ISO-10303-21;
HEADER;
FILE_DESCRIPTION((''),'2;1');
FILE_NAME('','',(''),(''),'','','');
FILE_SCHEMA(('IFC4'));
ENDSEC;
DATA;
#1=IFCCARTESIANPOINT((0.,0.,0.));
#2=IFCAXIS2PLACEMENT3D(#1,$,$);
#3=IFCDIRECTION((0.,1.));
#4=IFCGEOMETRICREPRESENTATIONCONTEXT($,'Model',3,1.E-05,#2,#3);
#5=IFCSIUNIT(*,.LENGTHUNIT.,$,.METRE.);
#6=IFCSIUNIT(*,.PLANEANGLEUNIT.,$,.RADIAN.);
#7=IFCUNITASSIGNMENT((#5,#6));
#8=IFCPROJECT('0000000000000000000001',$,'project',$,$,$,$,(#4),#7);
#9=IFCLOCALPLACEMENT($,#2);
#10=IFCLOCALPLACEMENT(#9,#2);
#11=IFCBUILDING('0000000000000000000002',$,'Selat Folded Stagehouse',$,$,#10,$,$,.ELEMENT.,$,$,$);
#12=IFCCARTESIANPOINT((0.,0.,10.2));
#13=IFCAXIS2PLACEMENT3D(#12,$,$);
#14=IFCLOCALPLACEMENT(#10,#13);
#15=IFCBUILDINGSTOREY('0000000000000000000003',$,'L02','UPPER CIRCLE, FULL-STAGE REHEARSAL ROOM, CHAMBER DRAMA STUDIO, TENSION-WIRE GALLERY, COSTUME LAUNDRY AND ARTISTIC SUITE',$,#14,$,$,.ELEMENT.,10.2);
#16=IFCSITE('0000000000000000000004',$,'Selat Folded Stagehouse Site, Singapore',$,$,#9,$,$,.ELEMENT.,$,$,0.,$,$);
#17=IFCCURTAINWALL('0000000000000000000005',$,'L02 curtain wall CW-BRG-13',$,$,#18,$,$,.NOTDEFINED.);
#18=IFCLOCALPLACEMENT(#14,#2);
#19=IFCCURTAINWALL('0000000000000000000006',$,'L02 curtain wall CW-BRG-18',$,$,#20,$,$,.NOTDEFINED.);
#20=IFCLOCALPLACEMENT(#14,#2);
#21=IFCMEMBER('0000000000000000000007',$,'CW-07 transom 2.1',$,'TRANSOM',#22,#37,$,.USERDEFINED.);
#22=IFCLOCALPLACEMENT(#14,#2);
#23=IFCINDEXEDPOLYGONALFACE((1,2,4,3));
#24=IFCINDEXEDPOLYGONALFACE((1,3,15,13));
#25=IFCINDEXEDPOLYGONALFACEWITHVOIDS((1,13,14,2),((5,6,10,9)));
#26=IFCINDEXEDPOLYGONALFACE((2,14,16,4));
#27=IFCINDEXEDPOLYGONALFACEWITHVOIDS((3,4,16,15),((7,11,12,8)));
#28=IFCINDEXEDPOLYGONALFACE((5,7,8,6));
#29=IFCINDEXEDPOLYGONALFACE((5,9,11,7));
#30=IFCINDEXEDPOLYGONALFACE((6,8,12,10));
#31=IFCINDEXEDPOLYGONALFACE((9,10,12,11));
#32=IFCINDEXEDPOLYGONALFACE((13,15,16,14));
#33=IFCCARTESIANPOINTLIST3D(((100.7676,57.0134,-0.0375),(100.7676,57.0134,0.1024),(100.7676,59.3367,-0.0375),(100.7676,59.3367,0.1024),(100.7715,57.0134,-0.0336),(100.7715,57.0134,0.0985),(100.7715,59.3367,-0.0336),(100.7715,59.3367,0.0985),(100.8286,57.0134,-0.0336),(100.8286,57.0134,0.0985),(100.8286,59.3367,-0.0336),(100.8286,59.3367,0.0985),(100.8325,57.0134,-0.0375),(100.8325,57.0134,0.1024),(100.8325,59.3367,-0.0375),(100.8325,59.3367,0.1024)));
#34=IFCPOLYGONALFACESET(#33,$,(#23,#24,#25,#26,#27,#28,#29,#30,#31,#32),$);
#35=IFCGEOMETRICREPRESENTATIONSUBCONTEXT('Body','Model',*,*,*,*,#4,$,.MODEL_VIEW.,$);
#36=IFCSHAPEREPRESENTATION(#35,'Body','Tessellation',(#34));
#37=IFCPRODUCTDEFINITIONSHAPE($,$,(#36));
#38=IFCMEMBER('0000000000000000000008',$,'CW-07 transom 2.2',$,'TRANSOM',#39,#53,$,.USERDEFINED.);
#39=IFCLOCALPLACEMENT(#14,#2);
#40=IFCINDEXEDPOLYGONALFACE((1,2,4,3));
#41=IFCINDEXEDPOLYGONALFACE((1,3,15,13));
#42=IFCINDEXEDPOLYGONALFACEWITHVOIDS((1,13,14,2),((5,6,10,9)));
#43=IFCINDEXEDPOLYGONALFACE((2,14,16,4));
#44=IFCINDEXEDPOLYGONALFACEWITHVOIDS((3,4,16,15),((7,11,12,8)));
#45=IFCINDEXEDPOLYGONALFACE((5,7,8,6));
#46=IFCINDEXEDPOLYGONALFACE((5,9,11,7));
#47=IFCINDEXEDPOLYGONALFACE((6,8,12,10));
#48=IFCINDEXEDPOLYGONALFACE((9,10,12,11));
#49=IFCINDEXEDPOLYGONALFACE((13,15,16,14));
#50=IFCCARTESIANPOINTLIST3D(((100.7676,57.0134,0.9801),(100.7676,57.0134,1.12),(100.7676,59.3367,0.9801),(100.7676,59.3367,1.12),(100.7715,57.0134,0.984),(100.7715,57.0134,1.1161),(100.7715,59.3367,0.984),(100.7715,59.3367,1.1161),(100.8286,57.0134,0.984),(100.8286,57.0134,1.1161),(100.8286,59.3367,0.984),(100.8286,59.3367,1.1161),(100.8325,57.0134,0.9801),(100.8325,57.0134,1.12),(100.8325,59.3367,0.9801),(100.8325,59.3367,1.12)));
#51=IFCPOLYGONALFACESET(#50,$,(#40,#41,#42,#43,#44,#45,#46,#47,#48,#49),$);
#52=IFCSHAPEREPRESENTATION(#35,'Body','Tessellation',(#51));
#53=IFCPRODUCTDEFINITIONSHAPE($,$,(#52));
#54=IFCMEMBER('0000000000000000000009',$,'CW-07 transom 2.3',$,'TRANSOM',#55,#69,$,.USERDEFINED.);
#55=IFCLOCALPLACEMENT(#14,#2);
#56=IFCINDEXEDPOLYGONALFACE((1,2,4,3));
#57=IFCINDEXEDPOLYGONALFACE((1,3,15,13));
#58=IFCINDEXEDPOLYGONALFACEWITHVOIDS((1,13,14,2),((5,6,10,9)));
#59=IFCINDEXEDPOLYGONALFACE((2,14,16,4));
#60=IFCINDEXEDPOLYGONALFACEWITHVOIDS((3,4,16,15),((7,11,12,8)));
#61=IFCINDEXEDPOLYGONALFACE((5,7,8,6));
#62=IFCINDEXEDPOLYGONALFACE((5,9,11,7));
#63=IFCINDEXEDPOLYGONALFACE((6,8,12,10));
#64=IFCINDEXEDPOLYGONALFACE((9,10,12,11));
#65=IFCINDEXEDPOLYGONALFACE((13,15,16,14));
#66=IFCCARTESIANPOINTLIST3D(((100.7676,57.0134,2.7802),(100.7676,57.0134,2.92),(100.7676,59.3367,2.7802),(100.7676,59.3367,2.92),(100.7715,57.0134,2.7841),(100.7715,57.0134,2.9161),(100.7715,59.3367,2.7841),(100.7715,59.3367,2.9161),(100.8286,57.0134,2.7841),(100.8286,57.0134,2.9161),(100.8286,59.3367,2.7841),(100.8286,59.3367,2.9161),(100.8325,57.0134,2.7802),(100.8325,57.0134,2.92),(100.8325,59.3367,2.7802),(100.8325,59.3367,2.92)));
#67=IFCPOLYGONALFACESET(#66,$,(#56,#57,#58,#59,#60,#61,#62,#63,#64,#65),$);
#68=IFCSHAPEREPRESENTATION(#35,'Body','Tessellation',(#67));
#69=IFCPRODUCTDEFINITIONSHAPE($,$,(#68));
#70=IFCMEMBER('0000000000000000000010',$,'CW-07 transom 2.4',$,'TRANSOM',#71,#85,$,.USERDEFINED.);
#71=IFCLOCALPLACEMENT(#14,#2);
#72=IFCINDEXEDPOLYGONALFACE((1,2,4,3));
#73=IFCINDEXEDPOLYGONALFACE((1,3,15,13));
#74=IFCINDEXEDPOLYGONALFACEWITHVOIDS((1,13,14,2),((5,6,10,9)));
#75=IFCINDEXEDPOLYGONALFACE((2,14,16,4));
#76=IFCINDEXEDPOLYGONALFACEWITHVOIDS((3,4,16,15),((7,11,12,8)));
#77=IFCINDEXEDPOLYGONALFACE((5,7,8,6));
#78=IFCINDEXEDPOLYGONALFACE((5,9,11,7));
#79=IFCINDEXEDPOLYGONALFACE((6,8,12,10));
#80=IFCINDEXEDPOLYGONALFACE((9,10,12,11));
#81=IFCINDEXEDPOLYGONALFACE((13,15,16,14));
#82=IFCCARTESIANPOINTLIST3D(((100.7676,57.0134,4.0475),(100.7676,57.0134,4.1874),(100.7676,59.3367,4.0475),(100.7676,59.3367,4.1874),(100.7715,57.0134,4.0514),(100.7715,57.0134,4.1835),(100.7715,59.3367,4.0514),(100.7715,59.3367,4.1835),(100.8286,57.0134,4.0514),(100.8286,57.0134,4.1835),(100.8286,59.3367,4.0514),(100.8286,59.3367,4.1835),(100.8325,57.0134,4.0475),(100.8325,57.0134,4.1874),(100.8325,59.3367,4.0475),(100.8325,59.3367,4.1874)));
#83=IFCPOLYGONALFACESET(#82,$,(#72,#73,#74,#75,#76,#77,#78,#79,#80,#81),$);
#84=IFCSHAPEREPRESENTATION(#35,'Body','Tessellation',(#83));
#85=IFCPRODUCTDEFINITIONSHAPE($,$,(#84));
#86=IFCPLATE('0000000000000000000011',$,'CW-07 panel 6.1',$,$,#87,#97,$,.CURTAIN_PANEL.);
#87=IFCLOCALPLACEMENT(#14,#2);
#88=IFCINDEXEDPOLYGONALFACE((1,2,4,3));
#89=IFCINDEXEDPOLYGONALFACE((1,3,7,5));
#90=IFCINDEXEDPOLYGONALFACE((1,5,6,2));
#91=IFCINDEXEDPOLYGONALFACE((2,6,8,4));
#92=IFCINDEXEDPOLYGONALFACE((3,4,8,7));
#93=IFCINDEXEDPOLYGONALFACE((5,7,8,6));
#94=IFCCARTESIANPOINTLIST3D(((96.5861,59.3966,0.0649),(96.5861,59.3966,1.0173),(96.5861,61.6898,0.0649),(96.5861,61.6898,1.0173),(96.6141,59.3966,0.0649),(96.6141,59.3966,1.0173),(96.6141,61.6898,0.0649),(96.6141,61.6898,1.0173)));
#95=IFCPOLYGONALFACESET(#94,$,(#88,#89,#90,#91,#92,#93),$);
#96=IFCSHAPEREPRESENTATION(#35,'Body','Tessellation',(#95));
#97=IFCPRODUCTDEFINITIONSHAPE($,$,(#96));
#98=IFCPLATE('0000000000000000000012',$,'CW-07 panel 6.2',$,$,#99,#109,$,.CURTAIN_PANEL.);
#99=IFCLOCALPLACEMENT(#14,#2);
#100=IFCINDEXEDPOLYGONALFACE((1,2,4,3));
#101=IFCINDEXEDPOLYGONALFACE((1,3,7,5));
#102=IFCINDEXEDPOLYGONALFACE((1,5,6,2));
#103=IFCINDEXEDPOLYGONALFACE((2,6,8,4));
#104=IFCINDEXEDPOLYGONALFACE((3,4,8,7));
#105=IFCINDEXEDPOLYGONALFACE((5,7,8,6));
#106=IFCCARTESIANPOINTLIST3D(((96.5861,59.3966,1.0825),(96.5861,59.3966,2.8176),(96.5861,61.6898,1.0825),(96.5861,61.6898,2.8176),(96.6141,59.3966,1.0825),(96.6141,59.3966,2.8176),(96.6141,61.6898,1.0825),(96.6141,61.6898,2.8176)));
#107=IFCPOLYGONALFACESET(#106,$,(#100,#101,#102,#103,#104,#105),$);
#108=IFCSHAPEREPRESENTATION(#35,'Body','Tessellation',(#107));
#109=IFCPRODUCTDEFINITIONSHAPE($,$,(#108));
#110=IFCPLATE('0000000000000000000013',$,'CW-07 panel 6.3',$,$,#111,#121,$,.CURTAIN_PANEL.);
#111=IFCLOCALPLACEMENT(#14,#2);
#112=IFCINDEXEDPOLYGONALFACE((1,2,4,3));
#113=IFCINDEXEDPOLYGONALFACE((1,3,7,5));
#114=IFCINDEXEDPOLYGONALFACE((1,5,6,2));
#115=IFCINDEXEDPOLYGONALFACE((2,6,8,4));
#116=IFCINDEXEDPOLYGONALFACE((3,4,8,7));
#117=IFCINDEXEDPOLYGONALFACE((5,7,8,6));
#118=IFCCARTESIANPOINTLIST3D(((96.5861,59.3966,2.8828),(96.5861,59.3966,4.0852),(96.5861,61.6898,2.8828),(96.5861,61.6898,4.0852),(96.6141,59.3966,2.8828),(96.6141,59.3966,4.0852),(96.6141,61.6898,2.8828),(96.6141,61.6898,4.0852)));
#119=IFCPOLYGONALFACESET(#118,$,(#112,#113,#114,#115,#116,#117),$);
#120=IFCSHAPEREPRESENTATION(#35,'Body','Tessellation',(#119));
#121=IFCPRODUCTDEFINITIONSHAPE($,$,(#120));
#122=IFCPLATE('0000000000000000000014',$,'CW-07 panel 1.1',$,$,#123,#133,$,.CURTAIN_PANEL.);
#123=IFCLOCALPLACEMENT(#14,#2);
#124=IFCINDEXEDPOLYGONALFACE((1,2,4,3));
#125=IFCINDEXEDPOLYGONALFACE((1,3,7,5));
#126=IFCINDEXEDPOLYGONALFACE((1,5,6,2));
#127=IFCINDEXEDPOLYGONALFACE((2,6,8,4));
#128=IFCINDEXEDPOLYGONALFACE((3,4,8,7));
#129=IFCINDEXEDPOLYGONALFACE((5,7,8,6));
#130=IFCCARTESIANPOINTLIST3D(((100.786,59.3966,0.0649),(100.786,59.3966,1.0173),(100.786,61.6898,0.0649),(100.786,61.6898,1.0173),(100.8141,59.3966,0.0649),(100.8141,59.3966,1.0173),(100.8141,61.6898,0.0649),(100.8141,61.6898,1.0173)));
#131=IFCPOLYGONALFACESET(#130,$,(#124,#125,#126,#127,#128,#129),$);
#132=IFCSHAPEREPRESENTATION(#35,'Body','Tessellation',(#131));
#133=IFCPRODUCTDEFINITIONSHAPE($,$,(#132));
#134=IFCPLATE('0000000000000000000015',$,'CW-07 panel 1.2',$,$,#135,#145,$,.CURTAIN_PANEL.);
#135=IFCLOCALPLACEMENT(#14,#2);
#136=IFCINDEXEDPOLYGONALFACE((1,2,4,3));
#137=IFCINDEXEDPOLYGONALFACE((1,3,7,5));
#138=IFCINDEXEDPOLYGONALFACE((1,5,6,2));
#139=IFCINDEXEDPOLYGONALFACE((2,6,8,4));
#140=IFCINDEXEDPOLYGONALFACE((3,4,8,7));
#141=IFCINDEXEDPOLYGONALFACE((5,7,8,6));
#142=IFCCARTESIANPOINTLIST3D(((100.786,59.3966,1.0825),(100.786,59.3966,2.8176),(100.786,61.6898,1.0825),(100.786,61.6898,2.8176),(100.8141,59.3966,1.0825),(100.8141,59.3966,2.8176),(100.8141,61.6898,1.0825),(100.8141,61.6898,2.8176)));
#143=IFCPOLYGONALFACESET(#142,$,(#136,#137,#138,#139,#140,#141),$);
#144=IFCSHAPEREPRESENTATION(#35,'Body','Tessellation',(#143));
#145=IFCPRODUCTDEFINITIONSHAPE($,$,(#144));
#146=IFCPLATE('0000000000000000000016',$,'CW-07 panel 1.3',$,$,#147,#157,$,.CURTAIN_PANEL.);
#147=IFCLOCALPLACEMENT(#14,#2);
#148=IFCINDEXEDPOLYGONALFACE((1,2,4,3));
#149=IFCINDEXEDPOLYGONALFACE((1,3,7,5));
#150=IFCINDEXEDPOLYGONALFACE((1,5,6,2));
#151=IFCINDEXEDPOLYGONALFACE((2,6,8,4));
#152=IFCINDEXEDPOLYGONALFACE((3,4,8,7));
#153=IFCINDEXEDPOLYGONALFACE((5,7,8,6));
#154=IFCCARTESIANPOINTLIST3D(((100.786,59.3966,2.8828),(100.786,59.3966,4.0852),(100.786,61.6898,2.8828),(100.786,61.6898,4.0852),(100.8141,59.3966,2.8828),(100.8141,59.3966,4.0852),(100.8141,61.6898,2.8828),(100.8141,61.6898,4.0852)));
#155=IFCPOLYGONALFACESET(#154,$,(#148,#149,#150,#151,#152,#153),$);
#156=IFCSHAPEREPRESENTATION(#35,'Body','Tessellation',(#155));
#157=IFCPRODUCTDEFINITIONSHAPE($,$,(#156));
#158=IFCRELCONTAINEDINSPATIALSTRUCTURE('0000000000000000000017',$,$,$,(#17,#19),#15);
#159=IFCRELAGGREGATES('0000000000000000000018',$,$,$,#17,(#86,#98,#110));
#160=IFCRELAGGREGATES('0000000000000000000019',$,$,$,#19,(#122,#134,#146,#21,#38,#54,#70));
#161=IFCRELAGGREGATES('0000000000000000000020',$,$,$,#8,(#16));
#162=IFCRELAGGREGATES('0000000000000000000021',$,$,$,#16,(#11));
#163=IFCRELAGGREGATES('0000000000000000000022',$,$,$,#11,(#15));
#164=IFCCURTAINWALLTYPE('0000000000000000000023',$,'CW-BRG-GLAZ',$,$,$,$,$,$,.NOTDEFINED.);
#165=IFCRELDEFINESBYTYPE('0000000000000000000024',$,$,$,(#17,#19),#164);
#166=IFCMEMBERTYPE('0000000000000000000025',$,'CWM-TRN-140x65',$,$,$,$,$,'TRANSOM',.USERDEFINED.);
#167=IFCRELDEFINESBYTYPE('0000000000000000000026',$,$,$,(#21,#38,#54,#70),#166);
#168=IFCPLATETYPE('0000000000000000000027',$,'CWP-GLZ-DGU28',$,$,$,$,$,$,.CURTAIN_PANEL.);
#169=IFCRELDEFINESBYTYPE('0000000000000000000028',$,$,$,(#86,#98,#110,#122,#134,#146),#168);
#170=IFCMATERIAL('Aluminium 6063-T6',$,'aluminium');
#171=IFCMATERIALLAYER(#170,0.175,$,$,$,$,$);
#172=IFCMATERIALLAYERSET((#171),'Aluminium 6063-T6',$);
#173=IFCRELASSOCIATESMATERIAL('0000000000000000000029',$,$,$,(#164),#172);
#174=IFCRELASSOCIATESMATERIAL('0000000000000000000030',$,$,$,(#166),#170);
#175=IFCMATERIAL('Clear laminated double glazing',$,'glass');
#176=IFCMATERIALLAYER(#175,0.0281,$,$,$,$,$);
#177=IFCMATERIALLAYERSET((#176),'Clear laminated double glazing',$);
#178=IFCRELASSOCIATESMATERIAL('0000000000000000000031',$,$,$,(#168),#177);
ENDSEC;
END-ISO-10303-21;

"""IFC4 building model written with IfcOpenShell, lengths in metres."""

from ifc_helpers import new_model, si_unit, direction, frame, origin, origin_2d, place, context, subcontext, project, spatial, rectangle, hollow_rectangle, extrude, material, layer, layer_set, material_profile, profile_set, type_object, element, aggregate, save


model = new_model("IFC4")

# Units and contexts
model_context = context("Model", 3, precision=1e-05, world=origin(), true_north=direction((0.0, 1.0)))
body_context = subcontext(model_context, "Body", "Model", "MODEL_VIEW")
ifc_project = project(units=[si_unit("LENGTHUNIT", "METRE"), si_unit("PLANEANGLEUNIT", "RADIAN")], contexts=[model_context])

# Site, building, storey
site_placement = place(None, origin())
site = spatial("IfcSite", under=ifc_project, at=site_placement, Name="Selat Folded Stagehouse Site, Singapore", CompositionType="ELEMENT", RefElevation=0.0)
building_placement = place(site_placement, origin())
building = spatial("IfcBuilding", under=site, at=building_placement, Name="Selat Folded Stagehouse", CompositionType="ELEMENT")
storey_placement = place(building_placement, frame((0.0, 0.0, 10.2)))
storey = spatial("IfcBuildingStorey", under=building, at=storey_placement, Name="L02", Description="UPPER CIRCLE, FULL-STAGE REHEARSAL ROOM, CHAMBER DRAMA STUDIO, TENSION-WIRE GALLERY, COSTUME LAUNDRY AND ARTISTIC SUITE", CompositionType="ELEMENT", Elevation=10.2)

# Curtain wall
ifc_material_1 = material(Name="Aluminium 6063-T6", Category="aluminium")
ifc_layer_1 = layer(ifc_material_1, 0.175)
ifc_layer_set_1 = layer_set([ifc_layer_1], Name="Aluminium 6063-T6")
curtain_wall_type = type_object("IfcCurtainWallType", Name="CW-BRG-GLAZ", PredefinedType="NOTDEFINED", material=ifc_layer_set_1)
curtain_wall_1_placement = place(storey_placement, origin())
curtain_wall_1 = element("IfcCurtainWall", 1, at=curtain_wall_1_placement, inside=storey, type_object=curtain_wall_type, Name="L02 curtain wall CW-BRG-13", PredefinedType="NOTDEFINED")

# Curtain wall
curtain_wall_2_placement = place(storey_placement, origin())
curtain_wall_2 = element("IfcCurtainWall", 2, at=curtain_wall_2_placement, inside=storey, type_object=curtain_wall_type, Name="L02 curtain wall CW-BRG-18", PredefinedType="NOTDEFINED")

# Members
ifc_material_profile_1 = material_profile(ifc_material_1, hollow_rectangle(XDim=0.0649, YDim=0.1399, WallThickness=0.0039, at=origin_2d()), Name="ALU 140x65x4.0")
ifc_profile_set_1 = profile_set([ifc_material_profile_1], Name="Aluminium 6063-T6")
member_type_1 = type_object("IfcMemberType", Name="CWM-TRN-140x65", ElementType="TRANSOM", PredefinedType="USERDEFINED", material=ifc_profile_set_1)
member_1_placement = place(storey_placement, frame((100.8, 59.3367, 0.0325), z_axis=(0.0, -1.0, 0.0), x_axis=(1.0, 0.0, 0.0)))
member_1 = element("IfcMember", 3, at=member_1_placement, type_object=member_type_1, Name="CW-07 transom 2.1", ObjectType="TRANSOM", PredefinedType="USERDEFINED", context=body_context, shape_type="SweptSolid", body=[
    extrude(hollow_rectangle(XDim=0.0649, YDim=0.1399, WallThickness=0.0039, at=origin_2d()), origin(), (0.0, 0.0, 1.0), 2.3232),
])
member_2_placement = place(storey_placement, frame((100.8, 59.3367, 1.05), z_axis=(0.0, -1.0, 0.0), x_axis=(1.0, 0.0, 0.0)))
member_2 = element("IfcMember", 4, at=member_2_placement, type_object=member_type_1, Name="CW-07 transom 2.2", ObjectType="TRANSOM", PredefinedType="USERDEFINED", context=body_context, shape_type="SweptSolid", body=[
    extrude(hollow_rectangle(XDim=0.0649, YDim=0.1399, WallThickness=0.0039, at=origin_2d()), origin(), (0.0, 0.0, 1.0), 2.3232),
])
member_3_placement = place(storey_placement, frame((100.8, 59.3367, 2.8501), z_axis=(0.0, -1.0, 0.0), x_axis=(1.0, 0.0, 0.0)))
member_3 = element("IfcMember", 5, at=member_3_placement, type_object=member_type_1, Name="CW-07 transom 2.3", ObjectType="TRANSOM", PredefinedType="USERDEFINED", context=body_context, shape_type="SweptSolid", body=[
    extrude(hollow_rectangle(XDim=0.0649, YDim=0.1399, WallThickness=0.0039, at=origin_2d()), origin(), (0.0, 0.0, 1.0), 2.3232),
])
member_4_placement = place(storey_placement, frame((100.8, 59.3367, 4.1174), z_axis=(0.0, -1.0, 0.0), x_axis=(1.0, 0.0, 0.0)))
member_4 = element("IfcMember", 6, at=member_4_placement, type_object=member_type_1, Name="CW-07 transom 2.4", ObjectType="TRANSOM", PredefinedType="USERDEFINED", context=body_context, shape_type="SweptSolid", body=[
    extrude(hollow_rectangle(XDim=0.0649, YDim=0.1399, WallThickness=0.0039, at=origin_2d()), origin(), (0.0, 0.0, 1.0), 2.3232),
])

# Plates
ifc_material_2 = material(Name="Clear laminated double glazing", Category="glass")
ifc_layer_2 = layer(ifc_material_2, 0.0281)
ifc_layer_set_2 = layer_set([ifc_layer_2], Name="Clear laminated double glazing")
plate_type = type_object("IfcPlateType", Name="CWP-GLZ-DGU28", PredefinedType="CURTAIN_PANEL", material=ifc_layer_set_2)
plate_1_placement = place(storey_placement, frame((96.6001, 60.5432, 0.0649), z_axis=(0.0, 0.0, 1.0), x_axis=(0.0, 1.0, 0.0)))
plate_1 = element("IfcPlate", 7, at=plate_1_placement, type_object=plate_type, Name="CW-07 panel 6.1", PredefinedType="CURTAIN_PANEL", context=body_context, shape_type="SweptSolid", body=[
    extrude(rectangle(XDim=2.2932, YDim=0.0281, at=origin_2d()), origin(), (0.0, 0.0, 1.0), 0.9524),
])
plate_2_placement = place(storey_placement, frame((96.6001, 60.5432, 1.0825), z_axis=(0.0, 0.0, 1.0), x_axis=(0.0, 1.0, 0.0)))
plate_2 = element("IfcPlate", 8, at=plate_2_placement, type_object=plate_type, Name="CW-07 panel 6.2", PredefinedType="CURTAIN_PANEL", context=body_context, shape_type="SweptSolid", body=[
    extrude(rectangle(XDim=2.2932, YDim=0.0281, at=origin_2d()), origin(), (0.0, 0.0, 1.0), 1.7351),
])
plate_3_placement = place(storey_placement, frame((96.6001, 60.5432, 2.8828), z_axis=(0.0, 0.0, 1.0), x_axis=(0.0, 1.0, 0.0)))
plate_3 = element("IfcPlate", 9, at=plate_3_placement, type_object=plate_type, Name="CW-07 panel 6.3", PredefinedType="CURTAIN_PANEL", context=body_context, shape_type="SweptSolid", body=[
    extrude(rectangle(XDim=2.2932, YDim=0.0281, at=origin_2d()), origin(), (0.0, 0.0, 1.0), 1.2024),
])
aggregate(curtain_wall_1, [plate_1, plate_2, plate_3])
plate_4_placement = place(storey_placement, frame((100.8, 60.5432, 0.0649), z_axis=(0.0, 0.0, 1.0), x_axis=(0.0, -1.0, 0.0)))
plate_4 = element("IfcPlate", 10, at=plate_4_placement, type_object=plate_type, Name="CW-07 panel 1.1", PredefinedType="CURTAIN_PANEL", context=body_context, shape_type="SweptSolid", body=[
    extrude(rectangle(XDim=2.2932, YDim=0.0281, at=origin_2d()), origin(), (0.0, 0.0, 1.0), 0.9524),
])
plate_5_placement = place(storey_placement, frame((100.8, 60.5432, 1.0825), z_axis=(0.0, 0.0, 1.0), x_axis=(0.0, -1.0, 0.0)))
plate_5 = element("IfcPlate", 11, at=plate_5_placement, type_object=plate_type, Name="CW-07 panel 1.2", PredefinedType="CURTAIN_PANEL", context=body_context, shape_type="SweptSolid", body=[
    extrude(rectangle(XDim=2.2932, YDim=0.0281, at=origin_2d()), origin(), (0.0, 0.0, 1.0), 1.7351),
])
plate_6_placement = place(storey_placement, frame((100.8, 60.5432, 2.8828), z_axis=(0.0, 0.0, 1.0), x_axis=(0.0, -1.0, 0.0)))
plate_6 = element("IfcPlate", 12, at=plate_6_placement, type_object=plate_type, Name="CW-07 panel 1.3", PredefinedType="CURTAIN_PANEL", context=body_context, shape_type="SweptSolid", body=[
    extrude(rectangle(XDim=2.2932, YDim=0.0281, at=origin_2d()), origin(), (0.0, 0.0, 1.0), 1.2024),
])
aggregate(curtain_wall_2, [plate_4, plate_5, plate_6, member_1, member_2, member_3, member_4])

save(model, "model.ifc")
